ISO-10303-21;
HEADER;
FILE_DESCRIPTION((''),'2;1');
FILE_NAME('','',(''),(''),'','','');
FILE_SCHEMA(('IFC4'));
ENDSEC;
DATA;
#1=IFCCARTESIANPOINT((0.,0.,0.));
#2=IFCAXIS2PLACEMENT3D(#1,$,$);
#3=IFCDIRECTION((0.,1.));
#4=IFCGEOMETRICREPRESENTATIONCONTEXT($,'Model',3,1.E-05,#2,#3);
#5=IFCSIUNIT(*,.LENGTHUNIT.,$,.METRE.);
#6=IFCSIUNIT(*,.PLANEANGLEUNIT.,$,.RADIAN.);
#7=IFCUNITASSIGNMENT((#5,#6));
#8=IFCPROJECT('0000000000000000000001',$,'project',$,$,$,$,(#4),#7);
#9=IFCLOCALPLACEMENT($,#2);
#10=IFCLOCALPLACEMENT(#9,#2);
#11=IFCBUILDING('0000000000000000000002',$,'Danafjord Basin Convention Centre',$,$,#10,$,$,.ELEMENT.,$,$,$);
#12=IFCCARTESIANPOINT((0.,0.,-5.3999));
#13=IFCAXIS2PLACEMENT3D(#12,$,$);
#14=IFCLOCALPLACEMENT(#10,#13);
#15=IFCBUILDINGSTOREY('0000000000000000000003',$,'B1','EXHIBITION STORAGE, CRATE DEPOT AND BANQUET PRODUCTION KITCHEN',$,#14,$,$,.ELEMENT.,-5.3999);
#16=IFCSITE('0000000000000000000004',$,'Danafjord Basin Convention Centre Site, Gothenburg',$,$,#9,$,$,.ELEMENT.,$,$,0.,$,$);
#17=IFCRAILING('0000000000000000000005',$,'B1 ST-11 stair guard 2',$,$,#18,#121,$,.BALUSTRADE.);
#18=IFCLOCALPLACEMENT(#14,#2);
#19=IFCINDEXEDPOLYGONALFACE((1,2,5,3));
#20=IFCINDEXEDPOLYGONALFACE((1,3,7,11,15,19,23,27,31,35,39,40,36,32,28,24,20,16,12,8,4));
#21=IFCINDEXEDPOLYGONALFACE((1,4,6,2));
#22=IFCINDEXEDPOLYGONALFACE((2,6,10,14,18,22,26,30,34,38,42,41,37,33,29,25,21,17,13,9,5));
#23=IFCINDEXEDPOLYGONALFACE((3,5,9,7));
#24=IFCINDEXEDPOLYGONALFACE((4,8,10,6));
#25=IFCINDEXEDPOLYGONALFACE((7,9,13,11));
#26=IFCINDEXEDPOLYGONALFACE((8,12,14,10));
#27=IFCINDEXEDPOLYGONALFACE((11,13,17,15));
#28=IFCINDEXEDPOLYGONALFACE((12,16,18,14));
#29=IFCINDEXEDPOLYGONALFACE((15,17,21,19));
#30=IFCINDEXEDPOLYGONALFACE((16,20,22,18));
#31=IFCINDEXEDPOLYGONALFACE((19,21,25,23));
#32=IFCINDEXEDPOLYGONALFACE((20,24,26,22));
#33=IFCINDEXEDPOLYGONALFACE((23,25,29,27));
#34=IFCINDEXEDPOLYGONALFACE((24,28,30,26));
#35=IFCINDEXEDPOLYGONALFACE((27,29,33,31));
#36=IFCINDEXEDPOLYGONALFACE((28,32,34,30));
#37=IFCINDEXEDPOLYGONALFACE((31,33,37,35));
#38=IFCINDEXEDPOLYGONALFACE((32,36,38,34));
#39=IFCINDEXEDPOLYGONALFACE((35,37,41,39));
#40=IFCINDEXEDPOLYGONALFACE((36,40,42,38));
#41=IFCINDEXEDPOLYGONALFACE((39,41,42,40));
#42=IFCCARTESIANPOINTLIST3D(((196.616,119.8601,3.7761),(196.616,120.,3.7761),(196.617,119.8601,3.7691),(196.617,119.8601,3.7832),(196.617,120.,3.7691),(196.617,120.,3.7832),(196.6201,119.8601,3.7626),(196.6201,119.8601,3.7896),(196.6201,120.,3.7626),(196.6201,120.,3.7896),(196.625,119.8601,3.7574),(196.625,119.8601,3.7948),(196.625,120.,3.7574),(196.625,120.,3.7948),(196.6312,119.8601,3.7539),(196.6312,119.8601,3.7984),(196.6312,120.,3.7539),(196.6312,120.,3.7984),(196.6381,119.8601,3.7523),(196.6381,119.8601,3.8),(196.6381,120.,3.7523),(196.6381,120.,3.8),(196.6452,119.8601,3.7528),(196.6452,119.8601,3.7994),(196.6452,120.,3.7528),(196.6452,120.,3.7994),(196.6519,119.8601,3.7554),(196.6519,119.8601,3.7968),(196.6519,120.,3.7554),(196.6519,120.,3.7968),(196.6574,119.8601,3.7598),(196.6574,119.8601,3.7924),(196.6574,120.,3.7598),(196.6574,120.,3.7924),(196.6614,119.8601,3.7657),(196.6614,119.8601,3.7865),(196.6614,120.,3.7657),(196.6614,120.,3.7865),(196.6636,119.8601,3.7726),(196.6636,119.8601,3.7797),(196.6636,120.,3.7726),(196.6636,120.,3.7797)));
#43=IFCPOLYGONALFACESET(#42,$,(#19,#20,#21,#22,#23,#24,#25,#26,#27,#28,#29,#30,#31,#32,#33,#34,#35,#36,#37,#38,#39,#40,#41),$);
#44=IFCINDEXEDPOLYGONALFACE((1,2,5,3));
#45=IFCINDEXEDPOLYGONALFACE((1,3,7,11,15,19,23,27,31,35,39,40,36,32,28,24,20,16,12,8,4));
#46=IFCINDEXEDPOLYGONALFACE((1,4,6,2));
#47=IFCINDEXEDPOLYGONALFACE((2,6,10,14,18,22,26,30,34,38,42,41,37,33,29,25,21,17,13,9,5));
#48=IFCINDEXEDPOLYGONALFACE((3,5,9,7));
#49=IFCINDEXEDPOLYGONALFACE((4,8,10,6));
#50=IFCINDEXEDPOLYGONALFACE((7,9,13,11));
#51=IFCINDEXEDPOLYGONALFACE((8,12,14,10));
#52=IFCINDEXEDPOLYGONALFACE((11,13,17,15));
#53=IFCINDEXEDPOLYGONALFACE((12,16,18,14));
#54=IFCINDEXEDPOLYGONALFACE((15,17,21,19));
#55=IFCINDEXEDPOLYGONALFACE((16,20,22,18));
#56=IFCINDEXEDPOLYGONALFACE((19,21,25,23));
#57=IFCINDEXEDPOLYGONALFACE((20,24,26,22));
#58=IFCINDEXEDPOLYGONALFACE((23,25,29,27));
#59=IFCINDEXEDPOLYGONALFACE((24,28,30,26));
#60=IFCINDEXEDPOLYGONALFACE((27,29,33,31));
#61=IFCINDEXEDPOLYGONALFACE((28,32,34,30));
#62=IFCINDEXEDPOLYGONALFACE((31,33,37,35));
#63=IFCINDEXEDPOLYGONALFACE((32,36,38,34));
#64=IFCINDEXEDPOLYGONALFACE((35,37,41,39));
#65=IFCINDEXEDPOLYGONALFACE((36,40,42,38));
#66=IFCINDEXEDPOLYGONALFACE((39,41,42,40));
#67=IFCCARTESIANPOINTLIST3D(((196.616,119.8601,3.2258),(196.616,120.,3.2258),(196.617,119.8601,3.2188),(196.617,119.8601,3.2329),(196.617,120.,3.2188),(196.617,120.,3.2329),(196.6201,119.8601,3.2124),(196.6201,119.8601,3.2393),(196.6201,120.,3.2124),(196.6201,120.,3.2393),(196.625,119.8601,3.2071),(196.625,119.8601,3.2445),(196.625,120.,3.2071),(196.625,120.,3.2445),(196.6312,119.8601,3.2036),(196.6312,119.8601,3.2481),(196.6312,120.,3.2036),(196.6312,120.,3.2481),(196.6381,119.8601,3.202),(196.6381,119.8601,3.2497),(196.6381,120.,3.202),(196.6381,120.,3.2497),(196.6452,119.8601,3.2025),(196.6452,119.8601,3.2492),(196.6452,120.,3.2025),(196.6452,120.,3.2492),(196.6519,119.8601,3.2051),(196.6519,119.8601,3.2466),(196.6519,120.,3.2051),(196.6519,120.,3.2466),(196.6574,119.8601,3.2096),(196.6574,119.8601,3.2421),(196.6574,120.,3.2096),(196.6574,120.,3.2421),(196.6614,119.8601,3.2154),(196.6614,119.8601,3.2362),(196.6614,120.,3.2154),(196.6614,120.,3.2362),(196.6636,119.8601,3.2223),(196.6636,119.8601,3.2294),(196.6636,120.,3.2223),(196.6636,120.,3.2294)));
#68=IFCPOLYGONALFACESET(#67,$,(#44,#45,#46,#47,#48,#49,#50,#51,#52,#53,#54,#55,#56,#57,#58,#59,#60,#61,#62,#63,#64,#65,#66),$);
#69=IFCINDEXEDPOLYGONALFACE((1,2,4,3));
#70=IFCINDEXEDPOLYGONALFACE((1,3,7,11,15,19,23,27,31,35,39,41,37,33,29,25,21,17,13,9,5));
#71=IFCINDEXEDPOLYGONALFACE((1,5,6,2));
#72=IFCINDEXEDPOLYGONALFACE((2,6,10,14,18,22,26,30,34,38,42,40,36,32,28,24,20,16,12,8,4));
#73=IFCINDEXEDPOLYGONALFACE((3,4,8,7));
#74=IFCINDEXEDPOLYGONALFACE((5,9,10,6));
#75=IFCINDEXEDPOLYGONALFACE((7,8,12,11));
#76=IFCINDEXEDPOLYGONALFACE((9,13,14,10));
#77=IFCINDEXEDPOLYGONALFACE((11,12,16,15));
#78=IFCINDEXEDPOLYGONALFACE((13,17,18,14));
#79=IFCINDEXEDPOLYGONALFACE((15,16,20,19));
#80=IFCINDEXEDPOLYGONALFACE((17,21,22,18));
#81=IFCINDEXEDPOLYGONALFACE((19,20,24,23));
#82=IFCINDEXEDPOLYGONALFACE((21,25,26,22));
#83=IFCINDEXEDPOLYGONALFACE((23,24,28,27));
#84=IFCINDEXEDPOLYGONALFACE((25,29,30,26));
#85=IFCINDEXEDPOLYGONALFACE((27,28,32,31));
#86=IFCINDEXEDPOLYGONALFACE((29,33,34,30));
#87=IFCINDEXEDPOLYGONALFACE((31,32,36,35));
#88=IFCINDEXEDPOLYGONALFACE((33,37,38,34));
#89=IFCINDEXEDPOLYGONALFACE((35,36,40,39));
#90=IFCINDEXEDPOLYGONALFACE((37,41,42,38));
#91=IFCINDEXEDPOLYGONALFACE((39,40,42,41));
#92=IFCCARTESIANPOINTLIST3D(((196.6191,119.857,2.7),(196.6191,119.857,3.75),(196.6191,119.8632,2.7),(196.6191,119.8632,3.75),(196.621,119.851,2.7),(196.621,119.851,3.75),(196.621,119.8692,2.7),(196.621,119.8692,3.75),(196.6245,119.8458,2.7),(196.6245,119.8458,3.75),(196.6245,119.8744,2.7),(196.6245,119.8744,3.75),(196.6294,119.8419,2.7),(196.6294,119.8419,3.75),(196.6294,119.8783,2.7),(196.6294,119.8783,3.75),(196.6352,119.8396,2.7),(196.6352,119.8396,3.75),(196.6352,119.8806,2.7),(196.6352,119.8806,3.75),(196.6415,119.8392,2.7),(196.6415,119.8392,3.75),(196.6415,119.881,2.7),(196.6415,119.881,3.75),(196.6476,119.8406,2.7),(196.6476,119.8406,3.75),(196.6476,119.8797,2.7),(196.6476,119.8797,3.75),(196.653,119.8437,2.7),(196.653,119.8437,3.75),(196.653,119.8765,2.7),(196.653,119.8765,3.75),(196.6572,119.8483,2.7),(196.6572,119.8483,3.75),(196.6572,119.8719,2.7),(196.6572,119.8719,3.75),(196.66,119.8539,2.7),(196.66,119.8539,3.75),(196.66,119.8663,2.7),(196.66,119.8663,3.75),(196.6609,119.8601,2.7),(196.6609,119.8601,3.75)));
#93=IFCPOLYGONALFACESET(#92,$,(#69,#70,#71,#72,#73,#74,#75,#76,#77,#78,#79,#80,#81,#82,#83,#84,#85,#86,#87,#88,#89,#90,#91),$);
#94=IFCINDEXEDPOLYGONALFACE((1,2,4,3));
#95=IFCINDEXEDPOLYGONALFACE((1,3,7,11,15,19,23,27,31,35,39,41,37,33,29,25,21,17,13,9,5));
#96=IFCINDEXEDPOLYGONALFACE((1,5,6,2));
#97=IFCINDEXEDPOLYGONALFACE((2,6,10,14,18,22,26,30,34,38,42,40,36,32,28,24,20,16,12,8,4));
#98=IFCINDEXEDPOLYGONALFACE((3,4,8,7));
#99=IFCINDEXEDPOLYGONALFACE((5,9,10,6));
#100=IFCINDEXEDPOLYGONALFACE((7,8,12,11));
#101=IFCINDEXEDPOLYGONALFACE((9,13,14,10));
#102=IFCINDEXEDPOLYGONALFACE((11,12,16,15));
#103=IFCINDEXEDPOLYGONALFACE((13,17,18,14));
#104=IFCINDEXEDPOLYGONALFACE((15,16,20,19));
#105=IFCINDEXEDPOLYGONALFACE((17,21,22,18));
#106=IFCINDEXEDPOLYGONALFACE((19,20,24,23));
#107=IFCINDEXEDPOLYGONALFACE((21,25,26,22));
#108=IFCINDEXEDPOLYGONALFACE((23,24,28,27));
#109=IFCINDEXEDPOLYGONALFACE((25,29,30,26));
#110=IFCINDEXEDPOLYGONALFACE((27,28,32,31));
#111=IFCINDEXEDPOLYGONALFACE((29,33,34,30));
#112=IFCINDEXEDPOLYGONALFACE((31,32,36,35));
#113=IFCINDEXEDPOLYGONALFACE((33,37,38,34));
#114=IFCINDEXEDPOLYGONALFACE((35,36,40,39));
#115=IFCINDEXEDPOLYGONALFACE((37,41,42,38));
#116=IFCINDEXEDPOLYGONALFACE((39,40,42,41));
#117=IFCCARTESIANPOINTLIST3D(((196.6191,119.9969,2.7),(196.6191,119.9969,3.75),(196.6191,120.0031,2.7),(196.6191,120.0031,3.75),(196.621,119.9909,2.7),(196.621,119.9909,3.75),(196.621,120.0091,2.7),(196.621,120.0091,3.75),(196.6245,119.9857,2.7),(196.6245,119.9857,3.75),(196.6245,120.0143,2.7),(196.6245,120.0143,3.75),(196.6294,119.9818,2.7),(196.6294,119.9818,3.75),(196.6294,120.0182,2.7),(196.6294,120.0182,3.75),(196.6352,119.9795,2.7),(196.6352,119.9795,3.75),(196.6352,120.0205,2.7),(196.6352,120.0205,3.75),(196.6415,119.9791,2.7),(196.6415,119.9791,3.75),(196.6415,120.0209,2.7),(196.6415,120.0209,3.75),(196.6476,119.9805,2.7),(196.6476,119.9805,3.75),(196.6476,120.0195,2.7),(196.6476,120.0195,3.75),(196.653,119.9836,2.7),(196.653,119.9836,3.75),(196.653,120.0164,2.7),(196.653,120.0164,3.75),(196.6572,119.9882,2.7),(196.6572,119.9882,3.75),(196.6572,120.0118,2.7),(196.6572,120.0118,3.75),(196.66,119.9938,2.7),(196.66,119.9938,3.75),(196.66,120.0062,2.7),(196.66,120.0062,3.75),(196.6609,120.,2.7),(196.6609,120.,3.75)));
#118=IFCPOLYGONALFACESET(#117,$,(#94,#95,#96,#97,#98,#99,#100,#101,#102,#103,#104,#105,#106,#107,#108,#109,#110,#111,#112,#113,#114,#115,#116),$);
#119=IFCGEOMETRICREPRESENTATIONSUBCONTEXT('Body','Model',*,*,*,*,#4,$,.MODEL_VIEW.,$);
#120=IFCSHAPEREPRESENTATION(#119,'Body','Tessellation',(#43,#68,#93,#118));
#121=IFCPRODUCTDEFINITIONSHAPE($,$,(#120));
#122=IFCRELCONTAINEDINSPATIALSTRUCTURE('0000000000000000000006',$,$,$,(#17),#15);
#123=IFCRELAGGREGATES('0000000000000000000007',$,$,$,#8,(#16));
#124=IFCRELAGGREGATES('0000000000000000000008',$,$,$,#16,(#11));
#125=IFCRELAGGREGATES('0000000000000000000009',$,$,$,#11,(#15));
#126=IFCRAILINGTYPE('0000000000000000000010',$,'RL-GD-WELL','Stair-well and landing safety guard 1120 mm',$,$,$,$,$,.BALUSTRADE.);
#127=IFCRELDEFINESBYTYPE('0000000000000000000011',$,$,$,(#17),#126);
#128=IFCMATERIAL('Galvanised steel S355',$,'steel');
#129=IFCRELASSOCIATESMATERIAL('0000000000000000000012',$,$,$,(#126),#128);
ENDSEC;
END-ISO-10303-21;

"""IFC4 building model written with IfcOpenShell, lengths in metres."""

from ifc_helpers import new_model, si_unit, direction, frame, origin, origin_2d, place, context, subcontext, project, spatial, circle, extrude, material, type_object, element, save


model = new_model("IFC4")

# Units and contexts
model_context = context("Model", 3, precision=1e-05, world=origin(), true_north=direction((0.0, 1.0)))
body_context = subcontext(model_context, "Body", "Model", "MODEL_VIEW")
ifc_project = project(units=[si_unit("LENGTHUNIT", "METRE"), si_unit("PLANEANGLEUNIT", "RADIAN")], contexts=[model_context])

# Site, building, storey
site_placement = place(None, origin())
site = spatial("IfcSite", under=ifc_project, at=site_placement, Name="Danafjord Basin Convention Centre Site, Gothenburg", CompositionType="ELEMENT", RefElevation=0.0)
building_placement = place(site_placement, origin())
building = spatial("IfcBuilding", under=site, at=building_placement, Name="Danafjord Basin Convention Centre", CompositionType="ELEMENT")
storey_placement = place(building_placement, frame((0.0, 0.0, -5.3999)))
storey = spatial("IfcBuildingStorey", under=building, at=storey_placement, Name="B1", Description="EXHIBITION STORAGE, CRATE DEPOT AND BANQUET PRODUCTION KITCHEN", CompositionType="ELEMENT", Elevation=-5.3999)

# Railing
ifc_material_1 = material(Name="Galvanised steel S355", Category="steel")
railing_type_1 = type_object("IfcRailingType", Name="RL-GD-WELL", Description="Stair-well and landing safety guard 1120 mm", PredefinedType="BALUSTRADE", material=ifc_material_1)
railing_1_placement = place(storey_placement, frame((196.6399, 119.8601, 2.7)))
element("IfcRailing", 1, at=railing_1_placement, inside=storey, type_object=railing_type_1, Name="B1 ST-11 stair guard 2", PredefinedType="BALUSTRADE", context=body_context, shape_type="SweptSolid", body=[
    extrude(circle(Radius=0.0239, at=origin_2d()), frame((0.0, 0.0, 1.0762), z_axis=(0.0, 1.0, 0.0), x_axis=(-1.0, 0.0, 0.0)), (0.0, 0.0, 1.0), 0.1399),
    extrude(circle(Radius=0.0239, at=origin_2d()), frame((0.0, 0.0, 0.5259), z_axis=(0.0, 1.0, 0.0), x_axis=(-1.0, 0.0, 0.0)), (0.0, 0.0, 1.0), 0.1399),
    extrude(circle(Radius=0.021, at=origin_2d()), origin(), (0.0, 0.0, 1.0), 1.05),
    extrude(circle(Radius=0.021, at=origin_2d()), frame((0.0, 0.1399, 0.0)), (0.0, 0.0, 1.0), 1.05),
])

save(model, "model.ifc")
